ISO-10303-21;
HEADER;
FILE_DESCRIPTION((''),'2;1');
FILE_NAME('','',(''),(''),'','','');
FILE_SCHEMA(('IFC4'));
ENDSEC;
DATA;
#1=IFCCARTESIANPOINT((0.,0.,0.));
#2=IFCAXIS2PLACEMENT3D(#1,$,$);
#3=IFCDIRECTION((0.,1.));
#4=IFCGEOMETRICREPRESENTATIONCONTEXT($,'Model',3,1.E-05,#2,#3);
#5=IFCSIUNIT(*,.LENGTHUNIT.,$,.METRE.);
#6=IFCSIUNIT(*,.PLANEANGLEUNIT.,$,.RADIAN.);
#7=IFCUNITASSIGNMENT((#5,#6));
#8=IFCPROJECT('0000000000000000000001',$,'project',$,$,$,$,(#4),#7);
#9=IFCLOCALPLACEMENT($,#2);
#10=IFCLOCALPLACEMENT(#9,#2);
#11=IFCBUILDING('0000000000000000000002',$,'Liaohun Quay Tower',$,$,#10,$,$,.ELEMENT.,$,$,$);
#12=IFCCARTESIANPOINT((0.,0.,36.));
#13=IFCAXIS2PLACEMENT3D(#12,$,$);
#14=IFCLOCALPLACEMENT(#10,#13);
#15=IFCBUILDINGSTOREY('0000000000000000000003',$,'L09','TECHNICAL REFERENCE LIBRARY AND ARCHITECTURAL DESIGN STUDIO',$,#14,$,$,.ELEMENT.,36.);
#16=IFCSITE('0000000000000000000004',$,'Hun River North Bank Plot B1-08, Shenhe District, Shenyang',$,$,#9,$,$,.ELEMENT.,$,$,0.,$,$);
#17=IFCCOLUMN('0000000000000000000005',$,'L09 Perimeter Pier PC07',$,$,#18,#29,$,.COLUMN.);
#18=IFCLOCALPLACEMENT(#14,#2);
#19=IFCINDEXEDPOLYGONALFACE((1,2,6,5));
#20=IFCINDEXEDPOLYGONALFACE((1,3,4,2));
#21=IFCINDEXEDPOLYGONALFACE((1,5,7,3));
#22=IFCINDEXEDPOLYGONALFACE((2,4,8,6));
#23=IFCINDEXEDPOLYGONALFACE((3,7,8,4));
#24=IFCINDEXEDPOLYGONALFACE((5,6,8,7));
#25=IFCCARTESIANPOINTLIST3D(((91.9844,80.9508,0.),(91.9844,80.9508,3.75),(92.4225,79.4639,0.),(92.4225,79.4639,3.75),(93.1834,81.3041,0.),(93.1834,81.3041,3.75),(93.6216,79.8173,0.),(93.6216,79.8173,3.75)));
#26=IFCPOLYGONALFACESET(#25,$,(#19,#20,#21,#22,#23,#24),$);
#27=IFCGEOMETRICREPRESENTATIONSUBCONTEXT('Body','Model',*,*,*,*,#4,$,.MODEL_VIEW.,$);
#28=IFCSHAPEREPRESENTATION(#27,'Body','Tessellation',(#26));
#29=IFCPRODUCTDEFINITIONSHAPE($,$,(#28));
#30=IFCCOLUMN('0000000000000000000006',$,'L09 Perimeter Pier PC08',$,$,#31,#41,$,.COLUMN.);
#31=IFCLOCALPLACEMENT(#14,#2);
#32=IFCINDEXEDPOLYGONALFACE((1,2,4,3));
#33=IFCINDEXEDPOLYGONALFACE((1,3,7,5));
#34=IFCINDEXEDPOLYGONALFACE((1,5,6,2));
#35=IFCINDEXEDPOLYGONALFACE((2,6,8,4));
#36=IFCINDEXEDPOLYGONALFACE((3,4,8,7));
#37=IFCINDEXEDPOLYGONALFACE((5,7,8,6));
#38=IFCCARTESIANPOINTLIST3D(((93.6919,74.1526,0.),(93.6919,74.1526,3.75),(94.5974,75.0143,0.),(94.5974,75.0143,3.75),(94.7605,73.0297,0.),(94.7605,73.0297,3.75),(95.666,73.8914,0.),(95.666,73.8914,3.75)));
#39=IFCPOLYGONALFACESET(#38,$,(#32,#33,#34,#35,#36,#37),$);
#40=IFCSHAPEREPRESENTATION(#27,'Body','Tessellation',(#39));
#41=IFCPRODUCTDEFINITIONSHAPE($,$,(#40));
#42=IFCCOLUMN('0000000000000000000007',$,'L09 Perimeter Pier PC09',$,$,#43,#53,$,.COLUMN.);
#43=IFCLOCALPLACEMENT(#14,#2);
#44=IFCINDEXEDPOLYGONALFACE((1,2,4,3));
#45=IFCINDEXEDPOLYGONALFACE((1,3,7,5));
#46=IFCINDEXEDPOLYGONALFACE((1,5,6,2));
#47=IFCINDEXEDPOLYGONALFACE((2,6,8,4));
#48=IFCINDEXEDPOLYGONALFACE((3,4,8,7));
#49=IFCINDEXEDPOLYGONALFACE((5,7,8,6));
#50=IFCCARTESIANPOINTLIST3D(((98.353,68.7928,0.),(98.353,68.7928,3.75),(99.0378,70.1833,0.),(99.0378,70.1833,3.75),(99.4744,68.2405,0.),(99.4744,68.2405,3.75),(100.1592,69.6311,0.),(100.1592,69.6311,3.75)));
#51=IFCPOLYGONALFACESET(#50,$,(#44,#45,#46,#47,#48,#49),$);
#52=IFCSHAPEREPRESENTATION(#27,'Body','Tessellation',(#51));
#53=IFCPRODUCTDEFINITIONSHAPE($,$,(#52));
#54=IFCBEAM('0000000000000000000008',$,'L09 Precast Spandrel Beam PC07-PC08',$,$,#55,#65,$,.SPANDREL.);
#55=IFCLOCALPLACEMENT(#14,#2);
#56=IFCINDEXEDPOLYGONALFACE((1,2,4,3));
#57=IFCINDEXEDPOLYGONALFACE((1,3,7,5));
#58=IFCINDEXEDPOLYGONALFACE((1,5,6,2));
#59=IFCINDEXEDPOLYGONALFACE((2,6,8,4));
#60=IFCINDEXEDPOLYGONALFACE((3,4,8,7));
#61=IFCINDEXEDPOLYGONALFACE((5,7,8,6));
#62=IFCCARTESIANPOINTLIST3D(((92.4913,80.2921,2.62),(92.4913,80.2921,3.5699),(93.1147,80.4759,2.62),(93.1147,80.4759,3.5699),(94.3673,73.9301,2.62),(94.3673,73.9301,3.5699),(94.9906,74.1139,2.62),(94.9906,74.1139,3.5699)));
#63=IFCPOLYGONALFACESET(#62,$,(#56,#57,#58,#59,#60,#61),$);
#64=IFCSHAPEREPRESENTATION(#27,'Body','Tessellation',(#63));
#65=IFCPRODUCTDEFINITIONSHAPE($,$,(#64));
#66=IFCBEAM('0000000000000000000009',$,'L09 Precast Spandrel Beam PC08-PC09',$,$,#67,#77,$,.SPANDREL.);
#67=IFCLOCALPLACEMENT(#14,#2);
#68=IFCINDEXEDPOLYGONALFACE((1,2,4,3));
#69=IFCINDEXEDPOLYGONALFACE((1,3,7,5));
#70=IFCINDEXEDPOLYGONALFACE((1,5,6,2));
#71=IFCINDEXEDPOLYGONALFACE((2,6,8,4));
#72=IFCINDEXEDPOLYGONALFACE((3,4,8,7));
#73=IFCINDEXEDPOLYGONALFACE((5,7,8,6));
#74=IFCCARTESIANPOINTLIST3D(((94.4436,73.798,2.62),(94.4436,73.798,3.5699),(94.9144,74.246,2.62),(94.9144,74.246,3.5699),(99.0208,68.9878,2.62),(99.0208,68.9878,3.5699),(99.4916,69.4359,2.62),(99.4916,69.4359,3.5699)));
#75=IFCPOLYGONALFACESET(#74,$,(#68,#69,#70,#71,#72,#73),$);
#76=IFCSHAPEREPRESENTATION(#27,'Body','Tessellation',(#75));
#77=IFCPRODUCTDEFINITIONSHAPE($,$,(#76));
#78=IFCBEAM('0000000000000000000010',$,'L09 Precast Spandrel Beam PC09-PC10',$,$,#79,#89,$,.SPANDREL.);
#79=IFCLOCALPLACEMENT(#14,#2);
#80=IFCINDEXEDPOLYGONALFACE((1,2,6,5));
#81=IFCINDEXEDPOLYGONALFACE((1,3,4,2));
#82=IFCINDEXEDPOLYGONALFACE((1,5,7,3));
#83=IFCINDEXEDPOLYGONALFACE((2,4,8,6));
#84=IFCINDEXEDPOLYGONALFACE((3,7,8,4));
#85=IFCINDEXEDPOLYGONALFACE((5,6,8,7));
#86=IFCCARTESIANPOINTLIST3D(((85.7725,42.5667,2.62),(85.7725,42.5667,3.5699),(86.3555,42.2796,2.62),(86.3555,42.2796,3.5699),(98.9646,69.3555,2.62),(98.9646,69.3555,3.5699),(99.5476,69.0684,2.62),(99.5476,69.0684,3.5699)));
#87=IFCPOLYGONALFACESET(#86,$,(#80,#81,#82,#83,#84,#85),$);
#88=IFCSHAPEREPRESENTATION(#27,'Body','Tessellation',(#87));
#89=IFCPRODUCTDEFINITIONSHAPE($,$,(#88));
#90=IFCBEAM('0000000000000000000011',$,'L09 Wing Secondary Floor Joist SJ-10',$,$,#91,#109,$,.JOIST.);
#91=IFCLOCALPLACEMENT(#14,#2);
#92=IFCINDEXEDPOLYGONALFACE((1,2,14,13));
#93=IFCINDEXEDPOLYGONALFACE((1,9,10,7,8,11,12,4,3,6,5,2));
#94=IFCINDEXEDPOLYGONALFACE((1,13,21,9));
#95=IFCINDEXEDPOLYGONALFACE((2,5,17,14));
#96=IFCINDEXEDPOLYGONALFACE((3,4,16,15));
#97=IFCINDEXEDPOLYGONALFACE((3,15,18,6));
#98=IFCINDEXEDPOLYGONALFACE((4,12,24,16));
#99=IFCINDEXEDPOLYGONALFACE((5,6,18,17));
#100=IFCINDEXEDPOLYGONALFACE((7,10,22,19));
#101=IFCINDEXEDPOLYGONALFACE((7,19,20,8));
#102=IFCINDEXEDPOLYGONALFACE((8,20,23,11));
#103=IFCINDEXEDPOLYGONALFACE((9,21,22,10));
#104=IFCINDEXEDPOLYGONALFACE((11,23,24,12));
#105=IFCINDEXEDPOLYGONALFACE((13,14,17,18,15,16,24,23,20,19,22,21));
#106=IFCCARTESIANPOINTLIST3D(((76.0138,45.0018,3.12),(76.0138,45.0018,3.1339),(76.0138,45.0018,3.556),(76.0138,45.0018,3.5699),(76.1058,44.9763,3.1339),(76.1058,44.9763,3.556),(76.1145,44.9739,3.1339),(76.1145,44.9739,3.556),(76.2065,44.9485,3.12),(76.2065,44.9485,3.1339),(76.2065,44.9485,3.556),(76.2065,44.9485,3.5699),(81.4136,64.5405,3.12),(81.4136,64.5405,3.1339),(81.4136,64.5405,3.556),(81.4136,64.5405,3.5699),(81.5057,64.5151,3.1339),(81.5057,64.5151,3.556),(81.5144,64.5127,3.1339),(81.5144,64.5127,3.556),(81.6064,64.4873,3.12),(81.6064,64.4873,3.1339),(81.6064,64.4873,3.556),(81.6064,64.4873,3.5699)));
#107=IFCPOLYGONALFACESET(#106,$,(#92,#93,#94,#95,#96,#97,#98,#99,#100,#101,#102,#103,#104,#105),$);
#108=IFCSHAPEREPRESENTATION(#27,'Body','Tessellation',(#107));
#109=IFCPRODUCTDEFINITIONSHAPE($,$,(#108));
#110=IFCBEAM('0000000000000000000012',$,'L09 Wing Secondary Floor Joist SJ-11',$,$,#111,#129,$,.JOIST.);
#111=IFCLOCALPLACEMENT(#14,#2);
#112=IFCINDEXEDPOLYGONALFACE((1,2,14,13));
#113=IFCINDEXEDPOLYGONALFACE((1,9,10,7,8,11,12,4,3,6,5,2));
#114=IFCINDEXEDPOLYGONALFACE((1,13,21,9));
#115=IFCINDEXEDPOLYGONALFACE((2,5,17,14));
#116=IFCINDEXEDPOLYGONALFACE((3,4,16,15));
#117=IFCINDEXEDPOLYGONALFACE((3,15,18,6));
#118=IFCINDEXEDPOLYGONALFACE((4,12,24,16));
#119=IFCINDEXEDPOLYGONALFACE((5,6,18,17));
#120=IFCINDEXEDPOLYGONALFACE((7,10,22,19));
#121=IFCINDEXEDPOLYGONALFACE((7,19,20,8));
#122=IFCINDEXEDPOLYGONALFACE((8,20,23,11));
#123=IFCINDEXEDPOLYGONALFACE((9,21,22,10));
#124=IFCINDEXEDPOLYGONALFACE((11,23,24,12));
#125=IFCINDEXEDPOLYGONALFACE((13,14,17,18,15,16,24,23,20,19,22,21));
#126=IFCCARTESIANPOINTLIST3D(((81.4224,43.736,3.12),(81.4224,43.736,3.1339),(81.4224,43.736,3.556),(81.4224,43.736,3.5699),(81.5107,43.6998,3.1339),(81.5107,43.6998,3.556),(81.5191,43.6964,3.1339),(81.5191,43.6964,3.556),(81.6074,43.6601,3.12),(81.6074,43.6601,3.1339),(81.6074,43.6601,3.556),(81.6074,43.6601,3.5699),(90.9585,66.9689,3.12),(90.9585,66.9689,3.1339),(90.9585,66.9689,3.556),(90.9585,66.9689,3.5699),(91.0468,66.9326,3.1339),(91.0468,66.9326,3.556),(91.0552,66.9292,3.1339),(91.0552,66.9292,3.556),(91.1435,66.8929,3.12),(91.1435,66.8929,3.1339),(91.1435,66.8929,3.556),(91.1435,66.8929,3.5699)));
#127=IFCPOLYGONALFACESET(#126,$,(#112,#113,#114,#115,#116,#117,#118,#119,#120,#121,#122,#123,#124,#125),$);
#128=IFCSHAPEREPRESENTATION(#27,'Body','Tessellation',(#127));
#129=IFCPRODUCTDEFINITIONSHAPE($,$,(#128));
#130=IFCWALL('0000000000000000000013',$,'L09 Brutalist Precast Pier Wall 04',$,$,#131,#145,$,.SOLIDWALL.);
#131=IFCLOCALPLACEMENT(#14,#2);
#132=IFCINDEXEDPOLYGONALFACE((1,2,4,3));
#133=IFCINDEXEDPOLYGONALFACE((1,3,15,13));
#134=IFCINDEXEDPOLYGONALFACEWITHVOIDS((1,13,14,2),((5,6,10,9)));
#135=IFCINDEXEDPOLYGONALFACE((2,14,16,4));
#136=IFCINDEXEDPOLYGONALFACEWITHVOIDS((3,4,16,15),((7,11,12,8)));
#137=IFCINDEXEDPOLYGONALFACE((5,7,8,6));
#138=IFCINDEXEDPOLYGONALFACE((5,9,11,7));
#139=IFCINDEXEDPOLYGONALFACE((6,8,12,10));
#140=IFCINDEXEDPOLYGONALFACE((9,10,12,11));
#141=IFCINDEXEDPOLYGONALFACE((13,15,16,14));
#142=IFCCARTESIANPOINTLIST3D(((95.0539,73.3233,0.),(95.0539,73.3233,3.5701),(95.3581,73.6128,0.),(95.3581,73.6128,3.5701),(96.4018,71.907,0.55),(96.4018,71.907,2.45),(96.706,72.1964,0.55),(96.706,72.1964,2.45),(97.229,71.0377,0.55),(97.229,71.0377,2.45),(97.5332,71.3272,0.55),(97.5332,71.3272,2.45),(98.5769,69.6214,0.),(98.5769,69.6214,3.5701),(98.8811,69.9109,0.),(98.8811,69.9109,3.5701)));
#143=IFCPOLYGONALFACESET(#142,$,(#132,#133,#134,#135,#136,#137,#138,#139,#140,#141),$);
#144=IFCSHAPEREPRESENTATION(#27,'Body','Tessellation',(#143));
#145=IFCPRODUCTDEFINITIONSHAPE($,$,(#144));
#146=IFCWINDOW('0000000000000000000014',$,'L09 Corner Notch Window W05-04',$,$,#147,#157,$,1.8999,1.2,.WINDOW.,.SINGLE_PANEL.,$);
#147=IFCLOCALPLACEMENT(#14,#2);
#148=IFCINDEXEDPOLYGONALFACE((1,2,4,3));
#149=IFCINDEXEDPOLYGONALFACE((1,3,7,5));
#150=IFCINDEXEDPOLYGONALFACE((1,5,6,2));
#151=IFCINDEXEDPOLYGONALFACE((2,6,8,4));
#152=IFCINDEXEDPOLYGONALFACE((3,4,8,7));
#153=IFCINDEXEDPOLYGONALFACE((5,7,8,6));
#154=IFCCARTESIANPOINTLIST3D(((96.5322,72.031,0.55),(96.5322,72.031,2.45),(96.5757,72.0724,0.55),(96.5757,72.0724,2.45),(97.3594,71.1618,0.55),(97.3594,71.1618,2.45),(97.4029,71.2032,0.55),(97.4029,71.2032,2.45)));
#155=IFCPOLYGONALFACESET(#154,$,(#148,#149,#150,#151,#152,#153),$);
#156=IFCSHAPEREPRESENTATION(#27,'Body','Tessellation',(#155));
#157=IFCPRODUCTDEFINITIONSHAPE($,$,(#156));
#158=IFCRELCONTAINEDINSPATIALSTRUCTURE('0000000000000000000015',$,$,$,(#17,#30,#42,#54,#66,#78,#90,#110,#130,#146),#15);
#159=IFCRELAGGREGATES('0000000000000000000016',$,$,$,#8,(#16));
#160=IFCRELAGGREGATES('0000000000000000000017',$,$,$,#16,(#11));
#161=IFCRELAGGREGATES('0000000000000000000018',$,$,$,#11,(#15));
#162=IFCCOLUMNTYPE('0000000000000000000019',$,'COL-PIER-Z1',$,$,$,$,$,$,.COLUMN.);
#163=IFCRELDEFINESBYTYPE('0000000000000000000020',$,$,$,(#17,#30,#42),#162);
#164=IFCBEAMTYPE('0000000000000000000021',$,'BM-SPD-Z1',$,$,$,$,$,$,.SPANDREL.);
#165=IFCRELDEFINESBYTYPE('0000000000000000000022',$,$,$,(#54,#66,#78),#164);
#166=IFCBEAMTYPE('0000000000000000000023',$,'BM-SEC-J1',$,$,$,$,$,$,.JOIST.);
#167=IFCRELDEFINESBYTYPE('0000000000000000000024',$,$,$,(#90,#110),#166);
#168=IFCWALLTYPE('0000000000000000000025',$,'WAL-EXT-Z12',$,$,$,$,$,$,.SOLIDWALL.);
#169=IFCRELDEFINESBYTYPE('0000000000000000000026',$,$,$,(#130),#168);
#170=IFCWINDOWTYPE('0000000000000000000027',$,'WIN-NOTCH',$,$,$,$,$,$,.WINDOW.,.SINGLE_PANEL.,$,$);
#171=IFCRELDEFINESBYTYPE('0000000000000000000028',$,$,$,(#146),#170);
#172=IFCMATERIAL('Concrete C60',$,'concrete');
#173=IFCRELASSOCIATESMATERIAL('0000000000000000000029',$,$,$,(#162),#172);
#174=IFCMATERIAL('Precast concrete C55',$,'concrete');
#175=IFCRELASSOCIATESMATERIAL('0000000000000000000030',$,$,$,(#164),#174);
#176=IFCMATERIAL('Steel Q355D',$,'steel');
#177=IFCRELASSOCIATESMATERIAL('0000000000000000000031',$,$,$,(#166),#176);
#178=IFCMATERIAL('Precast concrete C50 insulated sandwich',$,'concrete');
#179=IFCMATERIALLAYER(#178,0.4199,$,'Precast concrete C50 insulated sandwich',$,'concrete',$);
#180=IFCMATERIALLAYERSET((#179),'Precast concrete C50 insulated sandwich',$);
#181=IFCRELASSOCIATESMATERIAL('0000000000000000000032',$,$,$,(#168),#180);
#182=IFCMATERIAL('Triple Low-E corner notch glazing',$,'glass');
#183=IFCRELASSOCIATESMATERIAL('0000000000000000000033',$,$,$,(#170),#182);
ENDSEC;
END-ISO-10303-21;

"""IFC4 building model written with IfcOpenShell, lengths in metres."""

from ifc_helpers import new_model, si_unit, direction, frame, frame_2d, origin, origin_2d, place, context, subcontext, project, spatial, rectangle, i_section, extrude, source, transform, mapped, material, layer, layer_set, material_profile, profile_set, type_object, element, fill, save


model = new_model("IFC4")

# Units and contexts
model_context = context("Model", 3, precision=1e-05, world=origin(), true_north=direction((0.0, 1.0)))
body_context = subcontext(model_context, "Body", "Model", "MODEL_VIEW")
ifc_project = project(units=[si_unit("LENGTHUNIT", "METRE"), si_unit("PLANEANGLEUNIT", "RADIAN")], contexts=[model_context])

# Site, building, storey
site_placement = place(None, origin())
site = spatial("IfcSite", under=ifc_project, at=site_placement, Name="Hun River North Bank Plot B1-08, Shenhe District, Shenyang", CompositionType="ELEMENT", RefElevation=0.0)
building_placement = place(site_placement, origin())
building = spatial("IfcBuilding", under=site, at=building_placement, Name="Liaohun Quay Tower", CompositionType="ELEMENT")
storey_placement = place(building_placement, frame((0.0, 0.0, 36.0)))
storey = spatial("IfcBuildingStorey", under=building, at=storey_placement, Name="L09", Description="TECHNICAL REFERENCE LIBRARY AND ARCHITECTURAL DESIGN STUDIO", CompositionType="ELEMENT", Elevation=36.0)

# Columns
ifc_material_1 = material(Name="Concrete C60", Category="concrete")
ifc_material_profile_1 = material_profile(ifc_material_1, rectangle(XDim=1.55, YDim=1.25, at=origin_2d()), Name="RC1550x1250")
ifc_profile_set_1 = profile_set([ifc_material_profile_1], Name="Concrete C60")
column_type = type_object("IfcColumnType", Name="COL-PIER-Z1", PredefinedType="COLUMN", material=ifc_profile_set_1)
shared_shape_1 = source(origin(), body_context, "Body", "SweptSolid", [
    extrude(rectangle(XDim=1.55, YDim=1.25, at=origin_2d()), origin(), (0.0, 0.0, 1.0), 3.75),
])
for number, where, z_axis, x_axis, name in (
    (1, (92.803, 80.384, 0.0), (0.0, 0.0, 1.0), (-0.282676, 0.959215, 0.0), "L09 Perimeter Pier PC07"),
    (2, (94.679, 74.022, 0.0), (0.0, 0.0, 1.0), (-0.689367, 0.724413, 0.0), "L09 Perimeter Pier PC08"),
    (3, (99.2561, 69.2119, 0.0), (0.0, 0.0, 1.0), (0.441819, 0.897104, 0.0), "L09 Perimeter Pier PC09"),
):
    element("IfcColumn", number, at=place(storey_placement, frame(where, z_axis=z_axis, x_axis=x_axis)), inside=storey, type_object=column_type, Name=name, PredefinedType="COLUMN", context=body_context, shape_type="MappedRepresentation", body=[
        mapped(shared_shape_1, transform((0.0, 0.0, 0.0), x_axis=(1.0, 0.0, 0.0), y_axis=(0.0, 1.0, 0.0), z_axis=(0.0, 0.0, 1.0), scale=1.0)),
    ])

# Beams
ifc_material_2 = material(Name="Precast concrete C55", Category="concrete")
ifc_material_profile_2 = material_profile(ifc_material_2, rectangle(XDim=0.6499, YDim=0.95, at=origin_2d()), Name="RC650x950")
ifc_profile_set_2 = profile_set([ifc_material_profile_2], Name="Precast concrete C55")
beam_type_1 = type_object("IfcBeamType", Name="BM-SPD-Z1", PredefinedType="SPANDREL", material=ifc_profile_set_2)
shared_shape_2 = source(origin(), body_context, "Body", "SweptSolid", [
    extrude(rectangle(XDim=0.6499, YDim=0.95, at=origin_2d()), origin(), (0.0, 0.0, 1.0), 6.6328),
])
beam_1_placement = place(storey_placement, frame((92.803, 80.384, 3.095), z_axis=(0.28283, -0.95917, 0.0), x_axis=(0.95917, 0.28283, 0.0)))
element("IfcBeam", 4, at=beam_1_placement, inside=storey, type_object=beam_type_1, Name="L09 Precast Spandrel Beam PC07-PC08", PredefinedType="SPANDREL", context=body_context, shape_type="MappedRepresentation", body=[
    mapped(shared_shape_2, transform((0.0, 0.0, 0.0), x_axis=(1.0, 0.0, 0.0), y_axis=(0.0, 1.0, 0.0), z_axis=(0.0, 0.0, 1.0), scale=1.0)),
])
shared_shape_3 = source(origin(), body_context, "Body", "SweptSolid", [
    extrude(rectangle(XDim=0.6499, YDim=0.95, at=origin_2d()), origin(), (0.0, 0.0, 1.0), 6.6399),
])
beam_2_placement = place(storey_placement, frame((94.679, 74.022, 3.095), z_axis=(0.68935, -0.724428, 0.0), x_axis=(0.724428, 0.68935, 0.0)))
element("IfcBeam", 5, at=beam_2_placement, inside=storey, type_object=beam_type_1, Name="L09 Precast Spandrel Beam PC08-PC09", PredefinedType="SPANDREL", context=body_context, shape_type="MappedRepresentation", body=[
    mapped(shared_shape_3, transform((0.0, 0.0, 0.0), x_axis=(1.0, 0.0, 0.0), y_axis=(0.0, 1.0, 0.0), z_axis=(0.0, 0.0, 1.0), scale=1.0)),
])
shared_shape_4 = source(origin(), body_context, "Body", "SweptSolid", [
    extrude(rectangle(XDim=0.6499, YDim=0.95, at=origin_2d()), origin(), (0.0, 0.0, 1.0), 29.8608),
])
beam_3_placement = place(storey_placement, frame((99.2561, 69.2119, 3.095), z_axis=(-0.441786, -0.89712, 0.0), x_axis=(0.89712, -0.441786, 0.0)))
element("IfcBeam", 6, at=beam_3_placement, inside=storey, type_object=beam_type_1, Name="L09 Precast Spandrel Beam PC09-PC10", PredefinedType="SPANDREL", context=body_context, shape_type="MappedRepresentation", body=[
    mapped(shared_shape_4, transform((0.0, 0.0, 0.0), x_axis=(1.0, 0.0, 0.0), y_axis=(0.0, 1.0, 0.0), z_axis=(0.0, 0.0, 1.0), scale=1.0)),
])
ifc_material_3 = material(Name="Steel Q355D", Category="steel")
ifc_material_profile_3 = material_profile(ifc_material_3, i_section(OverallWidth=0.2, OverallDepth=0.45, WebThickness=0.009, FlangeThickness=0.0139, at=origin_2d()), Name="HN450x200x9x14")
ifc_profile_set_3 = profile_set([ifc_material_profile_3], Name="Steel Q355D")
beam_type_2 = type_object("IfcBeamType", Name="BM-SEC-J1", PredefinedType="JOIST", material=ifc_profile_set_3)
shared_shape_5 = source(origin(), body_context, "Body", "SweptSolid", [
    extrude(i_section(OverallWidth=0.2, OverallDepth=0.45, WebThickness=0.009, FlangeThickness=0.0139, at=origin_2d()), origin(), (0.0, 0.0, 1.0), 20.2712),
])
beam_4_placement = place(storey_placement, frame((81.51, 64.5139, 3.345), z_axis=(-0.266382, -0.963868, 0.0), x_axis=(0.963868, -0.266382, 0.0)))
element("IfcBeam", 7, at=beam_4_placement, inside=storey, type_object=beam_type_2, Name="L09 Wing Secondary Floor Joist SJ-10", PredefinedType="JOIST", context=body_context, shape_type="MappedRepresentation", body=[
    mapped(shared_shape_5, transform((0.0, 0.0, 0.0), x_axis=(1.0, 0.0, 0.0), y_axis=(0.0, 1.0, 0.0), z_axis=(0.0, 0.0, 1.0), scale=1.0)),
])
shared_shape_6 = source(origin(), body_context, "Body", "SweptSolid", [
    extrude(i_section(OverallWidth=0.2, OverallDepth=0.45, WebThickness=0.009, FlangeThickness=0.0139, at=origin_2d()), origin(), (0.0, 0.0, 1.0), 25.1138),
])
beam_5_placement = place(storey_placement, frame((91.051, 66.9309, 3.345), z_axis=(-0.379716, -0.925103, 0.0), x_axis=(0.925103, -0.379716, 0.0)))
element("IfcBeam", 8, at=beam_5_placement, inside=storey, type_object=beam_type_2, Name="L09 Wing Secondary Floor Joist SJ-11", PredefinedType="JOIST", context=body_context, shape_type="MappedRepresentation", body=[
    mapped(shared_shape_6, transform((0.0, 0.0, 0.0), x_axis=(1.0, 0.0, 0.0), y_axis=(0.0, 1.0, 0.0), z_axis=(0.0, 0.0, 1.0), scale=1.0)),
])

# Wall, opening, window
ifc_material_4 = material(Name="Precast concrete C50 insulated sandwich", Category="concrete")
ifc_layer_1 = layer(ifc_material_4, 0.4199, Name="Precast concrete C50 insulated sandwich", Category="concrete")
ifc_layer_set_1 = layer_set([ifc_layer_1], Name="Precast concrete C50 insulated sandwich")
wall_type_1 = type_object("IfcWallType", Name="WAL-EXT-Z12", PredefinedType="SOLIDWALL", material=ifc_layer_set_1)
wall_1_placement = place(storey_placement, frame((98.729, 69.7661, 0.0), z_axis=(0.0, 0.0, 1.0), x_axis=(-0.689381, 0.724399, 0.0)))
wall_1 = element("IfcWall", 9, at=wall_1_placement, inside=storey, type_object=wall_type_1, Name="L09 Brutalist Precast Pier Wall 04", PredefinedType="SOLIDWALL", context=body_context, shape_type="SweptSolid", body=[
    extrude(rectangle(XDim=5.1104, YDim=0.4199, at=frame_2d((2.5552, 0.0))), origin(), (0.0, 0.0, 1.0), 3.5701),
])
shared_shape_7 = source(origin(), body_context, "Body", "SweptSolid", [
    extrude(rectangle(XDim=1.2, YDim=1.8999, at=frame_2d((0.6001, 0.95))), frame((0.0, 0.22, 0.0), z_axis=(0.0, -1.0, 0.0), x_axis=(1.0, 0.0, 0.0)), (0.0, 0.0, 1.0), 0.4399),
])
opening_1_placement = place(wall_1_placement, frame((1.9551, 0.0, 0.55)))
opening_1 = element("IfcOpeningElement", 10, at=opening_1_placement, cuts=wall_1, PredefinedType="OPENING", context=body_context, shape_type="MappedRepresentation", body=[
    mapped(shared_shape_7, transform((0.0, 0.0, 0.0), x_axis=(1.0, 0.0, 0.0), y_axis=(0.0, 1.0, 0.0), z_axis=(0.0, 0.0, 1.0), scale=1.0)),
])
ifc_material_5 = material(Name="Triple Low-E corner notch glazing", Category="glass")
window_type_1 = type_object("IfcWindowType", Name="WIN-NOTCH", PartitioningType="SINGLE_PANEL", PredefinedType="WINDOW", material=ifc_material_5)
shared_shape_8 = source(origin(), body_context, "Body", "SweptSolid", [
    extrude(rectangle(XDim=1.2, YDim=1.8999, at=frame_2d((0.6001, 0.95))), frame((0.0, 0.03, 0.0), z_axis=(0.0, -1.0, 0.0), x_axis=(1.0, 0.0, 0.0)), (0.0, 0.0, 1.0), 0.0601),
])
window_1_placement = place(opening_1_placement, origin())
window_1 = element("IfcWindow", 11, at=window_1_placement, inside=storey, type_object=window_type_1, Name="L09 Corner Notch Window W05-04", OverallHeight=1.8999, OverallWidth=1.2, PartitioningType="SINGLE_PANEL", PredefinedType="WINDOW", context=body_context, shape_type="MappedRepresentation", body=[
    mapped(shared_shape_8, transform((0.0, 0.0, 0.0), x_axis=(1.0, 0.0, 0.0), y_axis=(0.0, 1.0, 0.0), z_axis=(0.0, 0.0, 1.0), scale=1.0)),
])
fill(opening_1, window_1)

save(model, "model.ifc")
